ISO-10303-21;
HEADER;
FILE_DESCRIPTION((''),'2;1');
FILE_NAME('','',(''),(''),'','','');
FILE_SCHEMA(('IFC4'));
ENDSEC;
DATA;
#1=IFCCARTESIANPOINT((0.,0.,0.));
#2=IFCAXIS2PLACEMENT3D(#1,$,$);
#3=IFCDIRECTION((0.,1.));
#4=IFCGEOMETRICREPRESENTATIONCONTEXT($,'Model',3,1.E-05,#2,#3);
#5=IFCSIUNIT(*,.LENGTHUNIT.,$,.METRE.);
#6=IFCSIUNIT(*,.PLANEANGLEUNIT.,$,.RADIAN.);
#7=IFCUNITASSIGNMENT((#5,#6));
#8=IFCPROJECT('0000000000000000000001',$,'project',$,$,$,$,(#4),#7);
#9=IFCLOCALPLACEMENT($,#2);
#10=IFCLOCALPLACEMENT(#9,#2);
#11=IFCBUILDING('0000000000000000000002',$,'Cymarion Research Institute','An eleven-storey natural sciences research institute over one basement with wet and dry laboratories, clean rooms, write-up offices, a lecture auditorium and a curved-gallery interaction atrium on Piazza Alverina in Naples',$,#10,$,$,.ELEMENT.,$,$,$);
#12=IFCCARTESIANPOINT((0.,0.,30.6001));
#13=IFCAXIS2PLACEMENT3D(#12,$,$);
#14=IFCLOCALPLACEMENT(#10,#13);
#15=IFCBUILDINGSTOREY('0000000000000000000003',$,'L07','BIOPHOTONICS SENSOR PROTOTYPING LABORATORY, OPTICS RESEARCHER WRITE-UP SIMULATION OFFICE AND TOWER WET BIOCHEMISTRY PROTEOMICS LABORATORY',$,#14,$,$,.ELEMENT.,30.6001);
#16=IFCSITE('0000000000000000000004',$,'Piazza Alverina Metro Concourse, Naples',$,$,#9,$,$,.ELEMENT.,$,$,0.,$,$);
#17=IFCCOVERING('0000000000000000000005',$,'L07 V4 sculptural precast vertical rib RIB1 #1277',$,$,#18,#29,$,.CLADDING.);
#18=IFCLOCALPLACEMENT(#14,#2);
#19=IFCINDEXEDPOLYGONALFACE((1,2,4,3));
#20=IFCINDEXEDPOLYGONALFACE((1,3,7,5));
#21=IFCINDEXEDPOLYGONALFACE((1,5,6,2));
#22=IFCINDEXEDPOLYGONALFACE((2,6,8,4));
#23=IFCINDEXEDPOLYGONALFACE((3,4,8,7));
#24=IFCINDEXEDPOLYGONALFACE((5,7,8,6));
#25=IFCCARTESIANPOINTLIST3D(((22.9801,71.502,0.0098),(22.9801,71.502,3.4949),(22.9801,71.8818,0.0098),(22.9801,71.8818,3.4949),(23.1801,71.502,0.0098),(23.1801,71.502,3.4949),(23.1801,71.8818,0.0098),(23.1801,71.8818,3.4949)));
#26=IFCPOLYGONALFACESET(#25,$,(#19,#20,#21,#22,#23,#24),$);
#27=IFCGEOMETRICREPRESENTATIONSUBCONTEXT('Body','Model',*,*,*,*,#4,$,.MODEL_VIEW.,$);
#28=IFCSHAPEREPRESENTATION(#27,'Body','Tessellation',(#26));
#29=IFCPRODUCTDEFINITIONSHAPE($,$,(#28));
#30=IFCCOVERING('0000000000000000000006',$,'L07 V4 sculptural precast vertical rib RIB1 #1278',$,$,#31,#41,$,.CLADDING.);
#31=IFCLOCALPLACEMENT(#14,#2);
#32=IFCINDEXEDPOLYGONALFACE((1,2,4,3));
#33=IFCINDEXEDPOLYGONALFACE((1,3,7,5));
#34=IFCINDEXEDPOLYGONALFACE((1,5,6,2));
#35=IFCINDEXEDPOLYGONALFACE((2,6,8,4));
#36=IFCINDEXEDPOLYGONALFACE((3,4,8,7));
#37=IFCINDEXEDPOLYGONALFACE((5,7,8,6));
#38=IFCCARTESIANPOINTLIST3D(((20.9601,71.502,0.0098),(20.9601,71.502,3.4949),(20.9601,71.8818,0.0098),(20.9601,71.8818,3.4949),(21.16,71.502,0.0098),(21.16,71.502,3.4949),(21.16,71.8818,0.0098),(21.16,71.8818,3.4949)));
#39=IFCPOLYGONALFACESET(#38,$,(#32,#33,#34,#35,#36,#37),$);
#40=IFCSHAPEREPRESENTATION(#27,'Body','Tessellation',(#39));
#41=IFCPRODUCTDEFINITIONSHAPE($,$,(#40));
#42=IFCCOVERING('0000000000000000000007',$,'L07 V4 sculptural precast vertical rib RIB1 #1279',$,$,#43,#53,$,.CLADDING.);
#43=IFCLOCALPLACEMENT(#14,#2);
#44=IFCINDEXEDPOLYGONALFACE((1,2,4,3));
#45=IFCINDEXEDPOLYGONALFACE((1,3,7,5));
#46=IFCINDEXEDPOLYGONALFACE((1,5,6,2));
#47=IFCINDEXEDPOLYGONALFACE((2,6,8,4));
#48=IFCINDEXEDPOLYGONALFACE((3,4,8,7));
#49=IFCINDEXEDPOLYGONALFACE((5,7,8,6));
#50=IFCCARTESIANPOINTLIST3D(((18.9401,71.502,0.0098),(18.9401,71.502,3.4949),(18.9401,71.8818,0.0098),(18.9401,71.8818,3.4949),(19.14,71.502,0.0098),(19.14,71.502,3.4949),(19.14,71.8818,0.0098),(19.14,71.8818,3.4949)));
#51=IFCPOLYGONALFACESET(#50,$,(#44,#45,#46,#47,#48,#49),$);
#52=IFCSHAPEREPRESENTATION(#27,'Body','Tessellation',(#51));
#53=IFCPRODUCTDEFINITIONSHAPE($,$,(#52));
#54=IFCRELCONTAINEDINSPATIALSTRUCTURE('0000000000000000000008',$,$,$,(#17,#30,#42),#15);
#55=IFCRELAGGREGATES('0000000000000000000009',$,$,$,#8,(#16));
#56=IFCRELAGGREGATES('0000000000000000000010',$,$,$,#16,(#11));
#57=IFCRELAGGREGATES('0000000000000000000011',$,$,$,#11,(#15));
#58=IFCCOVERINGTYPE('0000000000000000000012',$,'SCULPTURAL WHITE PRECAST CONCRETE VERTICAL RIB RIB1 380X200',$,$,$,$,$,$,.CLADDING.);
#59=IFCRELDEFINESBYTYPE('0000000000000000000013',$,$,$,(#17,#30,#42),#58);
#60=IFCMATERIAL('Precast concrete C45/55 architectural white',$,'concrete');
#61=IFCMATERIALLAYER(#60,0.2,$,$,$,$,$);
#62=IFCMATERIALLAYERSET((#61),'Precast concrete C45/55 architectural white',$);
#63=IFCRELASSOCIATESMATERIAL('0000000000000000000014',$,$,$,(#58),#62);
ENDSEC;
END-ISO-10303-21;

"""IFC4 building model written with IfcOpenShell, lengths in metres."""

from ifc_helpers import new_model, si_unit, direction, frame, origin, origin_2d, place, context, subcontext, project, spatial, rectangle, extrude, material, layer, layer_set, type_object, element, save


model = new_model("IFC4")

# Units and contexts
model_context = context("Model", 3, precision=1e-05, world=origin(), true_north=direction((0.0, 1.0)))
body_context = subcontext(model_context, "Body", "Model", "MODEL_VIEW")
ifc_project = project(units=[si_unit("LENGTHUNIT", "METRE"), si_unit("PLANEANGLEUNIT", "RADIAN")], contexts=[model_context])

# Site, building, storey
site_placement = place(None, origin())
site = spatial("IfcSite", under=ifc_project, at=site_placement, Name="Piazza Alverina Metro Concourse, Naples", CompositionType="ELEMENT", RefElevation=0.0)
building_placement = place(site_placement, origin())
building = spatial("IfcBuilding", under=site, at=building_placement, Name="Cymarion Research Institute", Description="An eleven-storey natural sciences research institute over one basement with wet and dry laboratories, clean rooms, write-up offices, a lecture auditorium and a curved-gallery interaction atrium on Piazza Alverina in Naples", CompositionType="ELEMENT")
storey_placement = place(building_placement, frame((0.0, 0.0, 30.6001)))
storey = spatial("IfcBuildingStorey", under=building, at=storey_placement, Name="L07", Description="BIOPHOTONICS SENSOR PROTOTYPING LABORATORY, OPTICS RESEARCHER WRITE-UP SIMULATION OFFICE AND TOWER WET BIOCHEMISTRY PROTEOMICS LABORATORY", CompositionType="ELEMENT", Elevation=30.6001)

# Coverings
ifc_material_1 = material(Name="Precast concrete C45/55 architectural white", Category="concrete")
ifc_layer_1 = layer(ifc_material_1, 0.2)
ifc_layer_set_1 = layer_set([ifc_layer_1], Name="Precast concrete C45/55 architectural white")
covering_type = type_object("IfcCoveringType", Name="SCULPTURAL WHITE PRECAST CONCRETE VERTICAL RIB RIB1 380X200", PredefinedType="CLADDING", material=ifc_layer_set_1)
for number, where, z_axis, x_axis, name in (
    (1, (23.0801, 71.6919, 0.0098), (0.0, 0.0, 1.0), (0.0, 1.0, 0.0), "L07 V4 sculptural precast vertical rib RIB1 #1277"),
    (2, (21.0601, 71.6919, 0.0098), (0.0, 0.0, 1.0), (0.0, 1.0, 0.0), "L07 V4 sculptural precast vertical rib RIB1 #1278"),
    (3, (19.04, 71.6919, 0.0098), (0.0, 0.0, 1.0), (0.0, 1.0, 0.0), "L07 V4 sculptural precast vertical rib RIB1 #1279"),
):
    element("IfcCovering", number, at=place(storey_placement, frame(where, z_axis=z_axis, x_axis=x_axis)), inside=storey, type_object=covering_type, Name=name, PredefinedType="CLADDING", context=body_context, shape_type="SweptSolid", body=[
        extrude(rectangle(XDim=0.3799, YDim=0.2, at=origin_2d()), origin(), (0.0, 0.0, 1.0), 3.4851),
    ])

save(model, "model.ifc")
